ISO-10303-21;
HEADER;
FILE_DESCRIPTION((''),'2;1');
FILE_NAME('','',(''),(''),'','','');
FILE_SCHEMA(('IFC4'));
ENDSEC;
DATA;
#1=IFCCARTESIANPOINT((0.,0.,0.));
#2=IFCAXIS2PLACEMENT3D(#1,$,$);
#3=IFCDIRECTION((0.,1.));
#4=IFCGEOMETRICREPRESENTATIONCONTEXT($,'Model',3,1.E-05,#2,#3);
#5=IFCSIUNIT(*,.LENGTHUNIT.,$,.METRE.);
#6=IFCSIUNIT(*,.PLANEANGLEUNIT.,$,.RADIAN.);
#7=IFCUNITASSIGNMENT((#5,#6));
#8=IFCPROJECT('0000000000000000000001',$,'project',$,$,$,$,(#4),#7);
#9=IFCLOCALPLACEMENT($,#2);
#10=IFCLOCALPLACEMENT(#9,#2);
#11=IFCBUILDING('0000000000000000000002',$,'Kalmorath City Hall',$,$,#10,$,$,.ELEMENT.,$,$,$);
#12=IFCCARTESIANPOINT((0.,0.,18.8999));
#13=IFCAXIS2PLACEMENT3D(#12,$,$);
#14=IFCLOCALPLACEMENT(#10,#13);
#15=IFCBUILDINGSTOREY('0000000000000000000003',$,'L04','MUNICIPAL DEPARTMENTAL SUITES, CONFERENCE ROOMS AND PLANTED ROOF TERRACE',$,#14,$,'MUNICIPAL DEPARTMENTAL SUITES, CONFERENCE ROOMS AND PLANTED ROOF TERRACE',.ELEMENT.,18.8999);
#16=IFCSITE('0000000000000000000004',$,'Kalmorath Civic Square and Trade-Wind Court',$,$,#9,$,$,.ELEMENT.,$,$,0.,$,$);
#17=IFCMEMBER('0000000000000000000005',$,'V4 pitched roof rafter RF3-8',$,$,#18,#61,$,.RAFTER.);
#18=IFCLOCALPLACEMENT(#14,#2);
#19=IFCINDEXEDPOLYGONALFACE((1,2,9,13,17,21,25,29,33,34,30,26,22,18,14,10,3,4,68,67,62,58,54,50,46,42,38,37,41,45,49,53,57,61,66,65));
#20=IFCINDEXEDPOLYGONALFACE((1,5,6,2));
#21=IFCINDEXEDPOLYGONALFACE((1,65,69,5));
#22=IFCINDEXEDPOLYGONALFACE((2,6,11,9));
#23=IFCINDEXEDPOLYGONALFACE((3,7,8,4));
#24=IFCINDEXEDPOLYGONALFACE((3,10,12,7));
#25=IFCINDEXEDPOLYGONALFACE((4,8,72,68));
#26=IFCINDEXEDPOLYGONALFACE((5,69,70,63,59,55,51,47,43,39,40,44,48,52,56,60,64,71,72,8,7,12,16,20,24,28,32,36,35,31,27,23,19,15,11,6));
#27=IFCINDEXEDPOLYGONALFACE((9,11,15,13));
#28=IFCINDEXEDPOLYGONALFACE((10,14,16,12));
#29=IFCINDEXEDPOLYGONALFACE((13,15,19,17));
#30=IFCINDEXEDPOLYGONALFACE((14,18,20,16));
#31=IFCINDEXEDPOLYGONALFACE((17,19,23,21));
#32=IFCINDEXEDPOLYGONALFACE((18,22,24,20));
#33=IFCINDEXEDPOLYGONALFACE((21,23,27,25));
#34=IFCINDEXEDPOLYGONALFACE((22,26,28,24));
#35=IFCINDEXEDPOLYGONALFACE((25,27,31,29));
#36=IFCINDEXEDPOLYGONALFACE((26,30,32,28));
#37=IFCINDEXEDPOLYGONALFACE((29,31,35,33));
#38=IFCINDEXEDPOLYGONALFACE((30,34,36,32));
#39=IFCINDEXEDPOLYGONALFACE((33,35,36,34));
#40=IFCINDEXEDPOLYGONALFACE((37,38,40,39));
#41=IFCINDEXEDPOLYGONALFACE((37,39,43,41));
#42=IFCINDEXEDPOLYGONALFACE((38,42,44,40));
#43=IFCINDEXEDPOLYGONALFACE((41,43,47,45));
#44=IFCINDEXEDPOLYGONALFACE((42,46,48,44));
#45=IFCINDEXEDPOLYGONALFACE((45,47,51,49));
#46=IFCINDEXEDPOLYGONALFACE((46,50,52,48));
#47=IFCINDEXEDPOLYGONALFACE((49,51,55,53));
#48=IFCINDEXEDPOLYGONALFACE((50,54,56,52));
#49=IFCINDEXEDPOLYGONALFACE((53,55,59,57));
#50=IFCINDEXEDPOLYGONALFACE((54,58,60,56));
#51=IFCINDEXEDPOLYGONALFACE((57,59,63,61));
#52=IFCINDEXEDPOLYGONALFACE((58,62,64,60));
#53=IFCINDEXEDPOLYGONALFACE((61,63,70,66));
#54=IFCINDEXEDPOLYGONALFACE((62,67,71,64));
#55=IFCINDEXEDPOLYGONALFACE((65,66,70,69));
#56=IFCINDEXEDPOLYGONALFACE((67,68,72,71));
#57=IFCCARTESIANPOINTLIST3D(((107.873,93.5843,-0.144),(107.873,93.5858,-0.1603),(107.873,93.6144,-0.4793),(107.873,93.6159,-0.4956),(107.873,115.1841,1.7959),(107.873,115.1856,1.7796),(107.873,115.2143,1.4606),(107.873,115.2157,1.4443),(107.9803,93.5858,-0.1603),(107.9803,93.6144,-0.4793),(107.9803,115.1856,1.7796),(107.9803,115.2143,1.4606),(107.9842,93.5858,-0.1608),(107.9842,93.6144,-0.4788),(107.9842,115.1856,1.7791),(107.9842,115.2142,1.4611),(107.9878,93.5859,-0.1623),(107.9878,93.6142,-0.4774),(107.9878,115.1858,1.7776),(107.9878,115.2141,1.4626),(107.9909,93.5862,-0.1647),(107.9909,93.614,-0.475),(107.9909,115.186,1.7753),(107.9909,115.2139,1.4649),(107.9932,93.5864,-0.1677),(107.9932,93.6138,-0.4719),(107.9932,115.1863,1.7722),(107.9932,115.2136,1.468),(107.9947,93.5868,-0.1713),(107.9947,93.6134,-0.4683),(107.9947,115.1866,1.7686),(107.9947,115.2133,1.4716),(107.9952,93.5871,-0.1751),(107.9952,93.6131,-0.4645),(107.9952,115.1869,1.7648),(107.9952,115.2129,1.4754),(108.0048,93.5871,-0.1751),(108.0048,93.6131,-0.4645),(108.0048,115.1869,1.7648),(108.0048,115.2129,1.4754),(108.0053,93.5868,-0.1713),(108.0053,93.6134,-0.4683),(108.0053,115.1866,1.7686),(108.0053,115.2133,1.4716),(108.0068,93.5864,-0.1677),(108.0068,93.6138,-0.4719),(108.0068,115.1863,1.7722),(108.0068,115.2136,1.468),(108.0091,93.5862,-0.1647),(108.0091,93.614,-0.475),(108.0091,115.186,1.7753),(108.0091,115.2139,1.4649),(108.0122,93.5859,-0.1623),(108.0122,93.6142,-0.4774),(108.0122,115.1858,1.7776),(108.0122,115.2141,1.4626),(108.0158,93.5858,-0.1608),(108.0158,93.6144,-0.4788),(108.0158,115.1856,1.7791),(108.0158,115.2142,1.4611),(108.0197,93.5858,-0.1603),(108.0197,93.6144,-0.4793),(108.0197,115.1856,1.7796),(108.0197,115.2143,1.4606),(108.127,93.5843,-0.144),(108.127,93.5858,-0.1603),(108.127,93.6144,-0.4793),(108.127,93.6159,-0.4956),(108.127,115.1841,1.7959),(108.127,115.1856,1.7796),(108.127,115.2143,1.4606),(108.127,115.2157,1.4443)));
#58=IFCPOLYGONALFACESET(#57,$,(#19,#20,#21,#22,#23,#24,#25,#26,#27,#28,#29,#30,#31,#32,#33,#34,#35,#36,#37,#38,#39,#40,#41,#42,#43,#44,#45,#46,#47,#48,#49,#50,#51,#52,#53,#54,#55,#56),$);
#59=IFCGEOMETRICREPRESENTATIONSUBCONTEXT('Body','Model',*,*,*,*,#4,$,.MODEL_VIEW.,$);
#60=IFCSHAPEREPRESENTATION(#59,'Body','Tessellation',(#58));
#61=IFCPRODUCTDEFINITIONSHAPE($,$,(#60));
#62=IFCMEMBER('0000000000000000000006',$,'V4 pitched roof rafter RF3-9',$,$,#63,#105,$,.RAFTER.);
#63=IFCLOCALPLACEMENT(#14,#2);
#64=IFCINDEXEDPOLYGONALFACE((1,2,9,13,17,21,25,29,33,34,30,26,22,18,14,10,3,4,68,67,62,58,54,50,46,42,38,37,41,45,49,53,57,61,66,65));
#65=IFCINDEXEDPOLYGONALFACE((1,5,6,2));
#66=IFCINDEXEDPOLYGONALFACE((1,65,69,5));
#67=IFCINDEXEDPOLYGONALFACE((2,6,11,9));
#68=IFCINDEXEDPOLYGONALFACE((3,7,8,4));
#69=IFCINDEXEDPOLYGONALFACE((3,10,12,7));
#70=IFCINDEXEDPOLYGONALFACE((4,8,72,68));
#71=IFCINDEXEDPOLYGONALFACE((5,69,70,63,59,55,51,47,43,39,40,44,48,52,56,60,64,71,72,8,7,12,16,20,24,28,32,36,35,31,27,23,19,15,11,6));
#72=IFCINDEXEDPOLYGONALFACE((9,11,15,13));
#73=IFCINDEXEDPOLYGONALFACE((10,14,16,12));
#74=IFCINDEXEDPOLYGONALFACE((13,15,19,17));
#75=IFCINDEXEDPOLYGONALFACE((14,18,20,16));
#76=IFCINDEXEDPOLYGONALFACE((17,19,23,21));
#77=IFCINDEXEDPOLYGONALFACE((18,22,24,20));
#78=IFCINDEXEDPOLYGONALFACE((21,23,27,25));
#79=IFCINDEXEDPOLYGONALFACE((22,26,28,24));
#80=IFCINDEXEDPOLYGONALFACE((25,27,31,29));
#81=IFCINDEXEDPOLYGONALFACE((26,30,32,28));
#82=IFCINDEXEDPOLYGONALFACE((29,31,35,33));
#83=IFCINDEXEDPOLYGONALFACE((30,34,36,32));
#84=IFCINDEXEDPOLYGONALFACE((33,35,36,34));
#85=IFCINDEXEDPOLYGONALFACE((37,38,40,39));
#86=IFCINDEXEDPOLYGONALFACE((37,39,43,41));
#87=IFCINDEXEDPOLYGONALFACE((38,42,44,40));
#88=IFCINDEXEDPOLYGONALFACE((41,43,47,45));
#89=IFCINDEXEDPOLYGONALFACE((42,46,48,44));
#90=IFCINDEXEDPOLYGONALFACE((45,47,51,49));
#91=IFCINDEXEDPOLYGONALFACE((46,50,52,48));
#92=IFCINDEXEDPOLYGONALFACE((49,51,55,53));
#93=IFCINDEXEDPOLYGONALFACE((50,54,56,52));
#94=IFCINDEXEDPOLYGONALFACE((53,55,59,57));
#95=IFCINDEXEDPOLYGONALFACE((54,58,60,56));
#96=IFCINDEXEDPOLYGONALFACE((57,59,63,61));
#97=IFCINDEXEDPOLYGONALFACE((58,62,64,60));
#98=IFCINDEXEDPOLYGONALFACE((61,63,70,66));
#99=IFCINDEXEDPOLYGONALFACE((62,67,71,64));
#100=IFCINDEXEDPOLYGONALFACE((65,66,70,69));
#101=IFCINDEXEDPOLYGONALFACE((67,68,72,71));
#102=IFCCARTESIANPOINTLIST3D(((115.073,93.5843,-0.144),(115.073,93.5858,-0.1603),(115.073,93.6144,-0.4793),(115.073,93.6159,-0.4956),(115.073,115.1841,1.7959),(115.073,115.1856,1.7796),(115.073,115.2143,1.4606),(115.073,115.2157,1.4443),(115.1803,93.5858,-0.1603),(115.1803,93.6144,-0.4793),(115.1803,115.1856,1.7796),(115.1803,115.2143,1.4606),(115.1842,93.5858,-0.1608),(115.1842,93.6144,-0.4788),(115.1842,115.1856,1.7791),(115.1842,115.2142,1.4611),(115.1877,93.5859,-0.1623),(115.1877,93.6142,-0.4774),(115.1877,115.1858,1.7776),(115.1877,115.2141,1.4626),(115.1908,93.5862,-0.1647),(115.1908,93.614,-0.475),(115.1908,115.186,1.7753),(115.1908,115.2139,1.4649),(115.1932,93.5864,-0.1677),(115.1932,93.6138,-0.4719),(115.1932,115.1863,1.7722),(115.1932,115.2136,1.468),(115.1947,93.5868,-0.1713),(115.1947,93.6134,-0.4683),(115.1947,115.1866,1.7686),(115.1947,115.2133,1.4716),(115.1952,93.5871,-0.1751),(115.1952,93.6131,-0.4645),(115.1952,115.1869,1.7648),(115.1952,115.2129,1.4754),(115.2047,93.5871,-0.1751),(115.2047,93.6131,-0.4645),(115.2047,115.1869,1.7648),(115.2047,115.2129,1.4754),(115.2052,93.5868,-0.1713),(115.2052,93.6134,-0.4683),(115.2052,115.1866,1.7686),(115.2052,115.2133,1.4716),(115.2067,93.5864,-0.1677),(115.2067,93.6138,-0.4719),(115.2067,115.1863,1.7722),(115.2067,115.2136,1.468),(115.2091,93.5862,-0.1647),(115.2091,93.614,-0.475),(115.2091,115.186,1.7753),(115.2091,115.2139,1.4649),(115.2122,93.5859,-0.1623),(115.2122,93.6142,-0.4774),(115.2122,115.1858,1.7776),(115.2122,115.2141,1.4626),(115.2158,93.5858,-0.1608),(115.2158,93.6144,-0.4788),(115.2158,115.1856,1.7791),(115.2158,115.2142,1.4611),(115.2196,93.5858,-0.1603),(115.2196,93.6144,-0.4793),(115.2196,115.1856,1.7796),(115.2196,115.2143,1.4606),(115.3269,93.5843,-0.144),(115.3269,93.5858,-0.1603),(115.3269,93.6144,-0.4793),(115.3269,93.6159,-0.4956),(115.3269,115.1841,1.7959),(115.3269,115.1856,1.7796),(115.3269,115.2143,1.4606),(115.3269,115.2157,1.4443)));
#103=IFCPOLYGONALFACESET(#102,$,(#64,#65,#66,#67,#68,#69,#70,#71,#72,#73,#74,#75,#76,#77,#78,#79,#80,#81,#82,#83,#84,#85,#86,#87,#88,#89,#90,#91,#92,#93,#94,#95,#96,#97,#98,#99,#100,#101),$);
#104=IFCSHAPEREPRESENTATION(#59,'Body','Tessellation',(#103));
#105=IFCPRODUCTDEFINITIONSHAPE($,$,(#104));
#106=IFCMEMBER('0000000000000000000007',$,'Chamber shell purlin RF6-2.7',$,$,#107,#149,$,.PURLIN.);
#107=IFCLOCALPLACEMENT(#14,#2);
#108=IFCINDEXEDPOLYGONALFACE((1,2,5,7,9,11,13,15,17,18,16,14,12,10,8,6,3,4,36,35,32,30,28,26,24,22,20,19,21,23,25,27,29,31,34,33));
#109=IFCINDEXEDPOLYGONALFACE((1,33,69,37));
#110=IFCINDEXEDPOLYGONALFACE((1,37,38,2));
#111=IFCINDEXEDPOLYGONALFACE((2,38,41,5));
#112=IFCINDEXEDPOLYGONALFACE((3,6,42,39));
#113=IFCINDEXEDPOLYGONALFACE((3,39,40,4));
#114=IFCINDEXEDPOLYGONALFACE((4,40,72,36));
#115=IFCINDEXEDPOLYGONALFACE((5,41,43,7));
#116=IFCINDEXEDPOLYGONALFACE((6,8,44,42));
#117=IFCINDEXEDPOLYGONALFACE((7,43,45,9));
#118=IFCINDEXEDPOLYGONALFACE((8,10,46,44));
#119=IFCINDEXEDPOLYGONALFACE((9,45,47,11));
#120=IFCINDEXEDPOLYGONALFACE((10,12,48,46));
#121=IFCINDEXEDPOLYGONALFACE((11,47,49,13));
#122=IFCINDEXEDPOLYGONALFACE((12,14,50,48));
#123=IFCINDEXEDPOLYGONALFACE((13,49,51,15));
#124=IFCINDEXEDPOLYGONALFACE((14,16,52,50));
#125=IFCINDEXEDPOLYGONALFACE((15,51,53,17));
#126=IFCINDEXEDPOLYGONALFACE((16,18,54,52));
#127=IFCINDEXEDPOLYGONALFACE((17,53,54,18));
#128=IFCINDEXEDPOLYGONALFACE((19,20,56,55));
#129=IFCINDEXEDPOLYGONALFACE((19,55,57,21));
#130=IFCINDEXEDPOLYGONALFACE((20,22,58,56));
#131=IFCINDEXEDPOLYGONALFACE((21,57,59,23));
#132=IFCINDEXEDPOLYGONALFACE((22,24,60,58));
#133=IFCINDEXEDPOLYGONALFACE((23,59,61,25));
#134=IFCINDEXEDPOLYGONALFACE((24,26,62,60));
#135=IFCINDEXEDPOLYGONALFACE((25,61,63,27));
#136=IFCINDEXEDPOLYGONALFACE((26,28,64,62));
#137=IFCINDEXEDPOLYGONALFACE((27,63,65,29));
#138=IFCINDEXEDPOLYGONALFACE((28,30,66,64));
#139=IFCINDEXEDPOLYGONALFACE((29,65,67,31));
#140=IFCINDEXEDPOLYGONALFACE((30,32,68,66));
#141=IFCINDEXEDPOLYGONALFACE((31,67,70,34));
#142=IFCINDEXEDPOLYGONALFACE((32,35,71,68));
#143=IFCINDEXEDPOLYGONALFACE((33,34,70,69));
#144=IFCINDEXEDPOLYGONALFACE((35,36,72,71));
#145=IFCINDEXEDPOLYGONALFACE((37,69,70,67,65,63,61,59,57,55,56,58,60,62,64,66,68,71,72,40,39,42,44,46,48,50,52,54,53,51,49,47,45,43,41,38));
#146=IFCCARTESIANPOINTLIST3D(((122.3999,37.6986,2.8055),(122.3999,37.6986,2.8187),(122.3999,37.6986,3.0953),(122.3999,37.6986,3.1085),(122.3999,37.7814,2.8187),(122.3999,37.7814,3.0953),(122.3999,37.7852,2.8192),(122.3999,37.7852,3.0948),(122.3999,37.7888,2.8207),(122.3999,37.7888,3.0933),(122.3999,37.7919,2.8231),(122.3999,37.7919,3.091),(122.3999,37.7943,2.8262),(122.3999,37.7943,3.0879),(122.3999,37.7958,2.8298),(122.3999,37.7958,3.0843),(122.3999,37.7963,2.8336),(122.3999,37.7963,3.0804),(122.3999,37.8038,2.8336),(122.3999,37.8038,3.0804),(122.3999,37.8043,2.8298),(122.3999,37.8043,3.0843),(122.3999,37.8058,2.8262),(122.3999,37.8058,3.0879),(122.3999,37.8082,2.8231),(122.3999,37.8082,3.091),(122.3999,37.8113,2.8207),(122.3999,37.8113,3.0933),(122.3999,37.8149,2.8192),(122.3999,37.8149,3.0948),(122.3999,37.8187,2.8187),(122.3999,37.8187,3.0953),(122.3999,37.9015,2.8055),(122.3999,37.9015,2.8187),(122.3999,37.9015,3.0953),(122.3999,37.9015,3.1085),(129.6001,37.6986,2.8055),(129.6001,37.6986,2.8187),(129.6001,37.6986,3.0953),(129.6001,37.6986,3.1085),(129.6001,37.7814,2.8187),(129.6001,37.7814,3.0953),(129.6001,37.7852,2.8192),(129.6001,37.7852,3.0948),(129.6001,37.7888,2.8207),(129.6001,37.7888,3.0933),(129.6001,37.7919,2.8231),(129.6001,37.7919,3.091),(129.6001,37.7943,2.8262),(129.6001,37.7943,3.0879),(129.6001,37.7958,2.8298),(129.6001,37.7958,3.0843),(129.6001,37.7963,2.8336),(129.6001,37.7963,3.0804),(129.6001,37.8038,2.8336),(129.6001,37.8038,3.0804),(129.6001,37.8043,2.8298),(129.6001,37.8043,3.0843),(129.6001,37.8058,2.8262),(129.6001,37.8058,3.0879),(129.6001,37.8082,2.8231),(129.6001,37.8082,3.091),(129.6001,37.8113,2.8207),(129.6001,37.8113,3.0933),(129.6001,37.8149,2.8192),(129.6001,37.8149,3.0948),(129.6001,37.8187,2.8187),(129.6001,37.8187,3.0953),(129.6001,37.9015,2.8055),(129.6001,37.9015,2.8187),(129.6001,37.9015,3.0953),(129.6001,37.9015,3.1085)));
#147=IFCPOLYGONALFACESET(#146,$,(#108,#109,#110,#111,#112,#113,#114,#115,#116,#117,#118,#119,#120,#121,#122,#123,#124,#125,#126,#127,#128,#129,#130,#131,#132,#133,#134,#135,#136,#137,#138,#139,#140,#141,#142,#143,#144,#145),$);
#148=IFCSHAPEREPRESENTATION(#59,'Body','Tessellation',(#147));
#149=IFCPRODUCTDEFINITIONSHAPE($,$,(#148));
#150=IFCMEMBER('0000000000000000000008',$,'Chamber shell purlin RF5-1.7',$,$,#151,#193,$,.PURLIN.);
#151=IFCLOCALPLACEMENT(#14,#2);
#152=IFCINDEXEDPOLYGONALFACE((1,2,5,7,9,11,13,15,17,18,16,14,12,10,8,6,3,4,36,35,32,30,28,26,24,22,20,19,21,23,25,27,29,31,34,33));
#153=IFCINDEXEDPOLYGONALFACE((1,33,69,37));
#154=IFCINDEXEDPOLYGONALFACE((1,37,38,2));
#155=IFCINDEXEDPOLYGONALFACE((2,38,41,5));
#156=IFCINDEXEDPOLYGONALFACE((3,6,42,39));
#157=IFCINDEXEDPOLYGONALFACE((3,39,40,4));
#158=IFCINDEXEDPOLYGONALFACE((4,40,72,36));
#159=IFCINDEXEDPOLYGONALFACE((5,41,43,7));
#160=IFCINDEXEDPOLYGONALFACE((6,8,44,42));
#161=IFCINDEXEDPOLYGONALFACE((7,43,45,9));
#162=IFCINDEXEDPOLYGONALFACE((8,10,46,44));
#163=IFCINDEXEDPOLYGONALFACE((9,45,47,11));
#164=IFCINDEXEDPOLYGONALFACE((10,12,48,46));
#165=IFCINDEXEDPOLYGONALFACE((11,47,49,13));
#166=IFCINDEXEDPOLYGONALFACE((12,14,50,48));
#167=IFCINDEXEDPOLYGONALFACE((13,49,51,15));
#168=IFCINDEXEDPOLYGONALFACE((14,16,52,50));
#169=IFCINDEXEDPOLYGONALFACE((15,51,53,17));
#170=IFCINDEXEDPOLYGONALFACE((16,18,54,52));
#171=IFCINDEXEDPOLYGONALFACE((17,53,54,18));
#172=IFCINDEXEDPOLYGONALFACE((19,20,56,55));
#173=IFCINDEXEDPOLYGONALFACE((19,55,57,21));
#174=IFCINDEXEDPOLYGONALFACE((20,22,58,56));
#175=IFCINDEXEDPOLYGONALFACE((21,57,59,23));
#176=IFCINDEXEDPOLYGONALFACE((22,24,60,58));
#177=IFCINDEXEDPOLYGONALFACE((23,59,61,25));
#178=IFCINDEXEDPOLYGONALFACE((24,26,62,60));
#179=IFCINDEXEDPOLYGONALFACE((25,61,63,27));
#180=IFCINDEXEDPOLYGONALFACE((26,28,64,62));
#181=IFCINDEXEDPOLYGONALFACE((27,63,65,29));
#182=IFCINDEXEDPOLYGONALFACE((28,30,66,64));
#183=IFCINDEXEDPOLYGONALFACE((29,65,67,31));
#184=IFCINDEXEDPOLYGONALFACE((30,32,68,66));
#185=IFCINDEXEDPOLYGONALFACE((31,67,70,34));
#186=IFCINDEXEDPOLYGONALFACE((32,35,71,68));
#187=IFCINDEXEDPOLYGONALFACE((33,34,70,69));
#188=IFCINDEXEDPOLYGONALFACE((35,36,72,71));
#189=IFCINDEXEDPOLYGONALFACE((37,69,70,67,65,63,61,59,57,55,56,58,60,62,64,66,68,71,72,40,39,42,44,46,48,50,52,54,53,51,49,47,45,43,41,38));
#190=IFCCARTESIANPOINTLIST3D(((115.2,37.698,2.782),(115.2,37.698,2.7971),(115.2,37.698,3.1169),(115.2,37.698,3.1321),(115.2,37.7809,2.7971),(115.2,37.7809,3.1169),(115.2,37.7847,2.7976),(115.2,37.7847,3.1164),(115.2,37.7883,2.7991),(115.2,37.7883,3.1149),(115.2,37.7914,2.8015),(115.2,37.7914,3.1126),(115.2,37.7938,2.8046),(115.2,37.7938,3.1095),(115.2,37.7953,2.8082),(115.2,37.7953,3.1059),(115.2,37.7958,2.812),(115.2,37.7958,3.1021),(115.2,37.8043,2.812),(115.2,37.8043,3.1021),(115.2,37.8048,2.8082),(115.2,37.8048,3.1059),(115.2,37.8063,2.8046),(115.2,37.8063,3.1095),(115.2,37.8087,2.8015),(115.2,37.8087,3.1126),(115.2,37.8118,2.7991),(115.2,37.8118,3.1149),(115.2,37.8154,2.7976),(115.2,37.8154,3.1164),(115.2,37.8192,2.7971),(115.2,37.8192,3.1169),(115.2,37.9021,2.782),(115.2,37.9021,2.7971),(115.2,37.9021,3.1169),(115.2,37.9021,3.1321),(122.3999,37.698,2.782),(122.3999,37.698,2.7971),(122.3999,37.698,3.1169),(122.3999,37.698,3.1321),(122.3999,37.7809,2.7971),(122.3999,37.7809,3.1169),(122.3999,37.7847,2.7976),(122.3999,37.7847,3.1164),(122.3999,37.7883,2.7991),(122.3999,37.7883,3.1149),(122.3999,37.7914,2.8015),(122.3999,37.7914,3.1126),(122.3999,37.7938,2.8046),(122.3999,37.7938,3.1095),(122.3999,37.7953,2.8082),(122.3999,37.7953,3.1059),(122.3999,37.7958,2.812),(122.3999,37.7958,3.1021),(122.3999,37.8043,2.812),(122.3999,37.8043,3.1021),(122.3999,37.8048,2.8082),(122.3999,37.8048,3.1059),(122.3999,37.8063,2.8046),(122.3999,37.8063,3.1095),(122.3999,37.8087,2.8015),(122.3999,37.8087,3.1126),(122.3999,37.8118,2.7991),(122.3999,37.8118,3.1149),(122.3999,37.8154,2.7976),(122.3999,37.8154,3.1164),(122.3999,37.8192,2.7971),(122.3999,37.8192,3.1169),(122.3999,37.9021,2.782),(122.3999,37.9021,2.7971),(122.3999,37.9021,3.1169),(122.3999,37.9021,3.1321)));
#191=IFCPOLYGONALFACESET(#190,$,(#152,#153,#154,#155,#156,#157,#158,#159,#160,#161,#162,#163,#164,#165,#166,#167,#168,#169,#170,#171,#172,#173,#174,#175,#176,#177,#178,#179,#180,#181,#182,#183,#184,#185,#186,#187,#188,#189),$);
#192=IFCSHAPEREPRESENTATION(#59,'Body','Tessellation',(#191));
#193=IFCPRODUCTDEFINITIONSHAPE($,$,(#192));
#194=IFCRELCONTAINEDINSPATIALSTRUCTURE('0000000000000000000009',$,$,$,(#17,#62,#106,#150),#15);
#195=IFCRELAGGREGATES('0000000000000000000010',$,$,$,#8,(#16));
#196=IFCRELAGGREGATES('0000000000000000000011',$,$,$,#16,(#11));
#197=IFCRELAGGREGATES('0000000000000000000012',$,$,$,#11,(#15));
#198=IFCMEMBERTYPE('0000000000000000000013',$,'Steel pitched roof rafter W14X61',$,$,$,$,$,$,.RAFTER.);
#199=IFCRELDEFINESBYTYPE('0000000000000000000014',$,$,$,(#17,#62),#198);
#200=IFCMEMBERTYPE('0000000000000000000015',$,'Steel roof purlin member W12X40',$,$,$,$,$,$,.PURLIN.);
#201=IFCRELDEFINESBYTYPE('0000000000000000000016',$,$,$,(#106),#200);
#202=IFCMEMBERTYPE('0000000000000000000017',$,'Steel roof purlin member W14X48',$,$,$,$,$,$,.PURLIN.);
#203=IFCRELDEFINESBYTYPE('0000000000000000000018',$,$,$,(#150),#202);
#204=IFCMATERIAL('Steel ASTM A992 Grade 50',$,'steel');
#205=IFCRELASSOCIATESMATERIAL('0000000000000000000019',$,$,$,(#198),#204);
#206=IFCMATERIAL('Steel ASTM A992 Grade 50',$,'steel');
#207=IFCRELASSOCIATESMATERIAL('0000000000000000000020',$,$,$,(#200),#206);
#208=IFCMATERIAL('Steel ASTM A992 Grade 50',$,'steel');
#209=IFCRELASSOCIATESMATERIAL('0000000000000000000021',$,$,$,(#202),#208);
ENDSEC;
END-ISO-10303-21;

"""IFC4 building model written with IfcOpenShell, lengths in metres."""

from ifc_helpers import new_model, si_unit, direction, frame, origin, origin_2d, place, context, subcontext, project, spatial, i_section, extrude, material, material_profile, profile_set, type_object, element, save


model = new_model("IFC4")

# Units and contexts
model_context = context("Model", 3, precision=1e-05, world=origin(), true_north=direction((0.0, 1.0)))
body_context = subcontext(model_context, "Body", "Model", "MODEL_VIEW")
ifc_project = project(units=[si_unit("LENGTHUNIT", "METRE"), si_unit("PLANEANGLEUNIT", "RADIAN")], contexts=[model_context])

# Site, building, storey
site_placement = place(None, origin())
site = spatial("IfcSite", under=ifc_project, at=site_placement, Name="Kalmorath Civic Square and Trade-Wind Court", CompositionType="ELEMENT", RefElevation=0.0)
building_placement = place(site_placement, origin())
building = spatial("IfcBuilding", under=site, at=building_placement, Name="Kalmorath City Hall", CompositionType="ELEMENT")
storey_placement = place(building_placement, frame((0.0, 0.0, 18.8999)))
storey = spatial("IfcBuildingStorey", under=building, at=storey_placement, Name="L04", Description="MUNICIPAL DEPARTMENTAL SUITES, CONFERENCE ROOMS AND PLANTED ROOF TERRACE", LongName="MUNICIPAL DEPARTMENTAL SUITES, CONFERENCE ROOMS AND PLANTED ROOF TERRACE", CompositionType="ELEMENT", Elevation=18.8999)

# Members
ifc_material_1 = material(Name="Steel ASTM A992 Grade 50", Category="steel")
ifc_material_profile_1 = material_profile(ifc_material_1, i_section(OverallWidth=0.2539, OverallDepth=0.353, WebThickness=0.0095, FlangeThickness=0.0164, FilletRadius=0.0149, at=origin_2d()), Name="W14X61")
ifc_profile_set_1 = profile_set([ifc_material_profile_1], Name="Steel ASTM A992 Grade 50")
member_type_1 = type_object("IfcMemberType", Name="Steel pitched roof rafter W14X61", PredefinedType="RAFTER", material=ifc_profile_set_1)
for number, where, z_axis, x_axis, name in (
    (1, (108.0, 93.6001, -0.3198), (0.0, 0.995991, 0.089453), (-1.0, 0.0, 0.0), "V4 pitched roof rafter RF3-8"),
    (2, (115.2, 93.6001, -0.3198), (0.0, 0.995991, 0.089453), (-1.0, 0.0, 0.0), "V4 pitched roof rafter RF3-9"),
):
    element("IfcMember", number, at=place(storey_placement, frame(where, z_axis=z_axis, x_axis=x_axis)), inside=storey, type_object=member_type_1, Name=name, PredefinedType="RAFTER", context=body_context, shape_type="SweptSolid", body=[
        extrude(i_section(OverallWidth=0.2539, OverallDepth=0.353, WebThickness=0.0095, FlangeThickness=0.0164, FilletRadius=0.0149, at=origin_2d()), origin(), (0.0, 0.0, 1.0), 21.6868),
    ])
ifc_material_2 = material(Name="Steel ASTM A992 Grade 50", Category="steel")
ifc_material_profile_2 = material_profile(ifc_material_2, i_section(OverallWidth=0.2029, OverallDepth=0.303, WebThickness=0.0076, FlangeThickness=0.0132, FilletRadius=0.0149, at=origin_2d()), Name="W12X40")
ifc_profile_set_2 = profile_set([ifc_material_profile_2], Name="Steel ASTM A992 Grade 50")
member_type_2 = type_object("IfcMemberType", Name="Steel roof purlin member W12X40", PredefinedType="PURLIN", material=ifc_profile_set_2)
member_placement = place(storey_placement, frame((122.3999, 37.8, 2.957), z_axis=(1.0, 0.0, 0.0), x_axis=(0.0, 1.0, 0.0)))
element("IfcMember", 3, at=member_placement, inside=storey, type_object=member_type_2, Name="Chamber shell purlin RF6-2.7", PredefinedType="PURLIN", context=body_context, shape_type="SweptSolid", body=[
    extrude(i_section(OverallWidth=0.2029, OverallDepth=0.303, WebThickness=0.0076, FlangeThickness=0.0132, FilletRadius=0.0149, at=origin_2d()), origin(), (0.0, 0.0, 1.0), 7.2002),
])
ifc_material_3 = material(Name="Steel ASTM A992 Grade 50", Category="steel")
ifc_material_profile_3 = material_profile(ifc_material_3, i_section(OverallWidth=0.2041, OverallDepth=0.3501, WebThickness=0.0085, FlangeThickness=0.0151, FilletRadius=0.0149, at=origin_2d()), Name="W14X48")
ifc_profile_set_3 = profile_set([ifc_material_profile_3], Name="Steel ASTM A992 Grade 50")
member_type_3 = type_object("IfcMemberType", Name="Steel roof purlin member W14X48", PredefinedType="PURLIN", material=ifc_profile_set_3)
for number, where, z_axis, x_axis, name in (
    (4, (115.2, 37.8, 2.957), (1.0, 0.0, 0.0), (0.0, 1.0, 0.0), "Chamber shell purlin RF5-1.7"),
):
    element("IfcMember", number, at=place(storey_placement, frame(where, z_axis=z_axis, x_axis=x_axis)), inside=storey, type_object=member_type_3, Name=name, PredefinedType="PURLIN", context=body_context, shape_type="SweptSolid", body=[
        extrude(i_section(OverallWidth=0.2041, OverallDepth=0.3501, WebThickness=0.0085, FlangeThickness=0.0151, FilletRadius=0.0149, at=origin_2d()), origin(), (0.0, 0.0, 1.0), 7.2),
    ])

save(model, "model.ifc")
